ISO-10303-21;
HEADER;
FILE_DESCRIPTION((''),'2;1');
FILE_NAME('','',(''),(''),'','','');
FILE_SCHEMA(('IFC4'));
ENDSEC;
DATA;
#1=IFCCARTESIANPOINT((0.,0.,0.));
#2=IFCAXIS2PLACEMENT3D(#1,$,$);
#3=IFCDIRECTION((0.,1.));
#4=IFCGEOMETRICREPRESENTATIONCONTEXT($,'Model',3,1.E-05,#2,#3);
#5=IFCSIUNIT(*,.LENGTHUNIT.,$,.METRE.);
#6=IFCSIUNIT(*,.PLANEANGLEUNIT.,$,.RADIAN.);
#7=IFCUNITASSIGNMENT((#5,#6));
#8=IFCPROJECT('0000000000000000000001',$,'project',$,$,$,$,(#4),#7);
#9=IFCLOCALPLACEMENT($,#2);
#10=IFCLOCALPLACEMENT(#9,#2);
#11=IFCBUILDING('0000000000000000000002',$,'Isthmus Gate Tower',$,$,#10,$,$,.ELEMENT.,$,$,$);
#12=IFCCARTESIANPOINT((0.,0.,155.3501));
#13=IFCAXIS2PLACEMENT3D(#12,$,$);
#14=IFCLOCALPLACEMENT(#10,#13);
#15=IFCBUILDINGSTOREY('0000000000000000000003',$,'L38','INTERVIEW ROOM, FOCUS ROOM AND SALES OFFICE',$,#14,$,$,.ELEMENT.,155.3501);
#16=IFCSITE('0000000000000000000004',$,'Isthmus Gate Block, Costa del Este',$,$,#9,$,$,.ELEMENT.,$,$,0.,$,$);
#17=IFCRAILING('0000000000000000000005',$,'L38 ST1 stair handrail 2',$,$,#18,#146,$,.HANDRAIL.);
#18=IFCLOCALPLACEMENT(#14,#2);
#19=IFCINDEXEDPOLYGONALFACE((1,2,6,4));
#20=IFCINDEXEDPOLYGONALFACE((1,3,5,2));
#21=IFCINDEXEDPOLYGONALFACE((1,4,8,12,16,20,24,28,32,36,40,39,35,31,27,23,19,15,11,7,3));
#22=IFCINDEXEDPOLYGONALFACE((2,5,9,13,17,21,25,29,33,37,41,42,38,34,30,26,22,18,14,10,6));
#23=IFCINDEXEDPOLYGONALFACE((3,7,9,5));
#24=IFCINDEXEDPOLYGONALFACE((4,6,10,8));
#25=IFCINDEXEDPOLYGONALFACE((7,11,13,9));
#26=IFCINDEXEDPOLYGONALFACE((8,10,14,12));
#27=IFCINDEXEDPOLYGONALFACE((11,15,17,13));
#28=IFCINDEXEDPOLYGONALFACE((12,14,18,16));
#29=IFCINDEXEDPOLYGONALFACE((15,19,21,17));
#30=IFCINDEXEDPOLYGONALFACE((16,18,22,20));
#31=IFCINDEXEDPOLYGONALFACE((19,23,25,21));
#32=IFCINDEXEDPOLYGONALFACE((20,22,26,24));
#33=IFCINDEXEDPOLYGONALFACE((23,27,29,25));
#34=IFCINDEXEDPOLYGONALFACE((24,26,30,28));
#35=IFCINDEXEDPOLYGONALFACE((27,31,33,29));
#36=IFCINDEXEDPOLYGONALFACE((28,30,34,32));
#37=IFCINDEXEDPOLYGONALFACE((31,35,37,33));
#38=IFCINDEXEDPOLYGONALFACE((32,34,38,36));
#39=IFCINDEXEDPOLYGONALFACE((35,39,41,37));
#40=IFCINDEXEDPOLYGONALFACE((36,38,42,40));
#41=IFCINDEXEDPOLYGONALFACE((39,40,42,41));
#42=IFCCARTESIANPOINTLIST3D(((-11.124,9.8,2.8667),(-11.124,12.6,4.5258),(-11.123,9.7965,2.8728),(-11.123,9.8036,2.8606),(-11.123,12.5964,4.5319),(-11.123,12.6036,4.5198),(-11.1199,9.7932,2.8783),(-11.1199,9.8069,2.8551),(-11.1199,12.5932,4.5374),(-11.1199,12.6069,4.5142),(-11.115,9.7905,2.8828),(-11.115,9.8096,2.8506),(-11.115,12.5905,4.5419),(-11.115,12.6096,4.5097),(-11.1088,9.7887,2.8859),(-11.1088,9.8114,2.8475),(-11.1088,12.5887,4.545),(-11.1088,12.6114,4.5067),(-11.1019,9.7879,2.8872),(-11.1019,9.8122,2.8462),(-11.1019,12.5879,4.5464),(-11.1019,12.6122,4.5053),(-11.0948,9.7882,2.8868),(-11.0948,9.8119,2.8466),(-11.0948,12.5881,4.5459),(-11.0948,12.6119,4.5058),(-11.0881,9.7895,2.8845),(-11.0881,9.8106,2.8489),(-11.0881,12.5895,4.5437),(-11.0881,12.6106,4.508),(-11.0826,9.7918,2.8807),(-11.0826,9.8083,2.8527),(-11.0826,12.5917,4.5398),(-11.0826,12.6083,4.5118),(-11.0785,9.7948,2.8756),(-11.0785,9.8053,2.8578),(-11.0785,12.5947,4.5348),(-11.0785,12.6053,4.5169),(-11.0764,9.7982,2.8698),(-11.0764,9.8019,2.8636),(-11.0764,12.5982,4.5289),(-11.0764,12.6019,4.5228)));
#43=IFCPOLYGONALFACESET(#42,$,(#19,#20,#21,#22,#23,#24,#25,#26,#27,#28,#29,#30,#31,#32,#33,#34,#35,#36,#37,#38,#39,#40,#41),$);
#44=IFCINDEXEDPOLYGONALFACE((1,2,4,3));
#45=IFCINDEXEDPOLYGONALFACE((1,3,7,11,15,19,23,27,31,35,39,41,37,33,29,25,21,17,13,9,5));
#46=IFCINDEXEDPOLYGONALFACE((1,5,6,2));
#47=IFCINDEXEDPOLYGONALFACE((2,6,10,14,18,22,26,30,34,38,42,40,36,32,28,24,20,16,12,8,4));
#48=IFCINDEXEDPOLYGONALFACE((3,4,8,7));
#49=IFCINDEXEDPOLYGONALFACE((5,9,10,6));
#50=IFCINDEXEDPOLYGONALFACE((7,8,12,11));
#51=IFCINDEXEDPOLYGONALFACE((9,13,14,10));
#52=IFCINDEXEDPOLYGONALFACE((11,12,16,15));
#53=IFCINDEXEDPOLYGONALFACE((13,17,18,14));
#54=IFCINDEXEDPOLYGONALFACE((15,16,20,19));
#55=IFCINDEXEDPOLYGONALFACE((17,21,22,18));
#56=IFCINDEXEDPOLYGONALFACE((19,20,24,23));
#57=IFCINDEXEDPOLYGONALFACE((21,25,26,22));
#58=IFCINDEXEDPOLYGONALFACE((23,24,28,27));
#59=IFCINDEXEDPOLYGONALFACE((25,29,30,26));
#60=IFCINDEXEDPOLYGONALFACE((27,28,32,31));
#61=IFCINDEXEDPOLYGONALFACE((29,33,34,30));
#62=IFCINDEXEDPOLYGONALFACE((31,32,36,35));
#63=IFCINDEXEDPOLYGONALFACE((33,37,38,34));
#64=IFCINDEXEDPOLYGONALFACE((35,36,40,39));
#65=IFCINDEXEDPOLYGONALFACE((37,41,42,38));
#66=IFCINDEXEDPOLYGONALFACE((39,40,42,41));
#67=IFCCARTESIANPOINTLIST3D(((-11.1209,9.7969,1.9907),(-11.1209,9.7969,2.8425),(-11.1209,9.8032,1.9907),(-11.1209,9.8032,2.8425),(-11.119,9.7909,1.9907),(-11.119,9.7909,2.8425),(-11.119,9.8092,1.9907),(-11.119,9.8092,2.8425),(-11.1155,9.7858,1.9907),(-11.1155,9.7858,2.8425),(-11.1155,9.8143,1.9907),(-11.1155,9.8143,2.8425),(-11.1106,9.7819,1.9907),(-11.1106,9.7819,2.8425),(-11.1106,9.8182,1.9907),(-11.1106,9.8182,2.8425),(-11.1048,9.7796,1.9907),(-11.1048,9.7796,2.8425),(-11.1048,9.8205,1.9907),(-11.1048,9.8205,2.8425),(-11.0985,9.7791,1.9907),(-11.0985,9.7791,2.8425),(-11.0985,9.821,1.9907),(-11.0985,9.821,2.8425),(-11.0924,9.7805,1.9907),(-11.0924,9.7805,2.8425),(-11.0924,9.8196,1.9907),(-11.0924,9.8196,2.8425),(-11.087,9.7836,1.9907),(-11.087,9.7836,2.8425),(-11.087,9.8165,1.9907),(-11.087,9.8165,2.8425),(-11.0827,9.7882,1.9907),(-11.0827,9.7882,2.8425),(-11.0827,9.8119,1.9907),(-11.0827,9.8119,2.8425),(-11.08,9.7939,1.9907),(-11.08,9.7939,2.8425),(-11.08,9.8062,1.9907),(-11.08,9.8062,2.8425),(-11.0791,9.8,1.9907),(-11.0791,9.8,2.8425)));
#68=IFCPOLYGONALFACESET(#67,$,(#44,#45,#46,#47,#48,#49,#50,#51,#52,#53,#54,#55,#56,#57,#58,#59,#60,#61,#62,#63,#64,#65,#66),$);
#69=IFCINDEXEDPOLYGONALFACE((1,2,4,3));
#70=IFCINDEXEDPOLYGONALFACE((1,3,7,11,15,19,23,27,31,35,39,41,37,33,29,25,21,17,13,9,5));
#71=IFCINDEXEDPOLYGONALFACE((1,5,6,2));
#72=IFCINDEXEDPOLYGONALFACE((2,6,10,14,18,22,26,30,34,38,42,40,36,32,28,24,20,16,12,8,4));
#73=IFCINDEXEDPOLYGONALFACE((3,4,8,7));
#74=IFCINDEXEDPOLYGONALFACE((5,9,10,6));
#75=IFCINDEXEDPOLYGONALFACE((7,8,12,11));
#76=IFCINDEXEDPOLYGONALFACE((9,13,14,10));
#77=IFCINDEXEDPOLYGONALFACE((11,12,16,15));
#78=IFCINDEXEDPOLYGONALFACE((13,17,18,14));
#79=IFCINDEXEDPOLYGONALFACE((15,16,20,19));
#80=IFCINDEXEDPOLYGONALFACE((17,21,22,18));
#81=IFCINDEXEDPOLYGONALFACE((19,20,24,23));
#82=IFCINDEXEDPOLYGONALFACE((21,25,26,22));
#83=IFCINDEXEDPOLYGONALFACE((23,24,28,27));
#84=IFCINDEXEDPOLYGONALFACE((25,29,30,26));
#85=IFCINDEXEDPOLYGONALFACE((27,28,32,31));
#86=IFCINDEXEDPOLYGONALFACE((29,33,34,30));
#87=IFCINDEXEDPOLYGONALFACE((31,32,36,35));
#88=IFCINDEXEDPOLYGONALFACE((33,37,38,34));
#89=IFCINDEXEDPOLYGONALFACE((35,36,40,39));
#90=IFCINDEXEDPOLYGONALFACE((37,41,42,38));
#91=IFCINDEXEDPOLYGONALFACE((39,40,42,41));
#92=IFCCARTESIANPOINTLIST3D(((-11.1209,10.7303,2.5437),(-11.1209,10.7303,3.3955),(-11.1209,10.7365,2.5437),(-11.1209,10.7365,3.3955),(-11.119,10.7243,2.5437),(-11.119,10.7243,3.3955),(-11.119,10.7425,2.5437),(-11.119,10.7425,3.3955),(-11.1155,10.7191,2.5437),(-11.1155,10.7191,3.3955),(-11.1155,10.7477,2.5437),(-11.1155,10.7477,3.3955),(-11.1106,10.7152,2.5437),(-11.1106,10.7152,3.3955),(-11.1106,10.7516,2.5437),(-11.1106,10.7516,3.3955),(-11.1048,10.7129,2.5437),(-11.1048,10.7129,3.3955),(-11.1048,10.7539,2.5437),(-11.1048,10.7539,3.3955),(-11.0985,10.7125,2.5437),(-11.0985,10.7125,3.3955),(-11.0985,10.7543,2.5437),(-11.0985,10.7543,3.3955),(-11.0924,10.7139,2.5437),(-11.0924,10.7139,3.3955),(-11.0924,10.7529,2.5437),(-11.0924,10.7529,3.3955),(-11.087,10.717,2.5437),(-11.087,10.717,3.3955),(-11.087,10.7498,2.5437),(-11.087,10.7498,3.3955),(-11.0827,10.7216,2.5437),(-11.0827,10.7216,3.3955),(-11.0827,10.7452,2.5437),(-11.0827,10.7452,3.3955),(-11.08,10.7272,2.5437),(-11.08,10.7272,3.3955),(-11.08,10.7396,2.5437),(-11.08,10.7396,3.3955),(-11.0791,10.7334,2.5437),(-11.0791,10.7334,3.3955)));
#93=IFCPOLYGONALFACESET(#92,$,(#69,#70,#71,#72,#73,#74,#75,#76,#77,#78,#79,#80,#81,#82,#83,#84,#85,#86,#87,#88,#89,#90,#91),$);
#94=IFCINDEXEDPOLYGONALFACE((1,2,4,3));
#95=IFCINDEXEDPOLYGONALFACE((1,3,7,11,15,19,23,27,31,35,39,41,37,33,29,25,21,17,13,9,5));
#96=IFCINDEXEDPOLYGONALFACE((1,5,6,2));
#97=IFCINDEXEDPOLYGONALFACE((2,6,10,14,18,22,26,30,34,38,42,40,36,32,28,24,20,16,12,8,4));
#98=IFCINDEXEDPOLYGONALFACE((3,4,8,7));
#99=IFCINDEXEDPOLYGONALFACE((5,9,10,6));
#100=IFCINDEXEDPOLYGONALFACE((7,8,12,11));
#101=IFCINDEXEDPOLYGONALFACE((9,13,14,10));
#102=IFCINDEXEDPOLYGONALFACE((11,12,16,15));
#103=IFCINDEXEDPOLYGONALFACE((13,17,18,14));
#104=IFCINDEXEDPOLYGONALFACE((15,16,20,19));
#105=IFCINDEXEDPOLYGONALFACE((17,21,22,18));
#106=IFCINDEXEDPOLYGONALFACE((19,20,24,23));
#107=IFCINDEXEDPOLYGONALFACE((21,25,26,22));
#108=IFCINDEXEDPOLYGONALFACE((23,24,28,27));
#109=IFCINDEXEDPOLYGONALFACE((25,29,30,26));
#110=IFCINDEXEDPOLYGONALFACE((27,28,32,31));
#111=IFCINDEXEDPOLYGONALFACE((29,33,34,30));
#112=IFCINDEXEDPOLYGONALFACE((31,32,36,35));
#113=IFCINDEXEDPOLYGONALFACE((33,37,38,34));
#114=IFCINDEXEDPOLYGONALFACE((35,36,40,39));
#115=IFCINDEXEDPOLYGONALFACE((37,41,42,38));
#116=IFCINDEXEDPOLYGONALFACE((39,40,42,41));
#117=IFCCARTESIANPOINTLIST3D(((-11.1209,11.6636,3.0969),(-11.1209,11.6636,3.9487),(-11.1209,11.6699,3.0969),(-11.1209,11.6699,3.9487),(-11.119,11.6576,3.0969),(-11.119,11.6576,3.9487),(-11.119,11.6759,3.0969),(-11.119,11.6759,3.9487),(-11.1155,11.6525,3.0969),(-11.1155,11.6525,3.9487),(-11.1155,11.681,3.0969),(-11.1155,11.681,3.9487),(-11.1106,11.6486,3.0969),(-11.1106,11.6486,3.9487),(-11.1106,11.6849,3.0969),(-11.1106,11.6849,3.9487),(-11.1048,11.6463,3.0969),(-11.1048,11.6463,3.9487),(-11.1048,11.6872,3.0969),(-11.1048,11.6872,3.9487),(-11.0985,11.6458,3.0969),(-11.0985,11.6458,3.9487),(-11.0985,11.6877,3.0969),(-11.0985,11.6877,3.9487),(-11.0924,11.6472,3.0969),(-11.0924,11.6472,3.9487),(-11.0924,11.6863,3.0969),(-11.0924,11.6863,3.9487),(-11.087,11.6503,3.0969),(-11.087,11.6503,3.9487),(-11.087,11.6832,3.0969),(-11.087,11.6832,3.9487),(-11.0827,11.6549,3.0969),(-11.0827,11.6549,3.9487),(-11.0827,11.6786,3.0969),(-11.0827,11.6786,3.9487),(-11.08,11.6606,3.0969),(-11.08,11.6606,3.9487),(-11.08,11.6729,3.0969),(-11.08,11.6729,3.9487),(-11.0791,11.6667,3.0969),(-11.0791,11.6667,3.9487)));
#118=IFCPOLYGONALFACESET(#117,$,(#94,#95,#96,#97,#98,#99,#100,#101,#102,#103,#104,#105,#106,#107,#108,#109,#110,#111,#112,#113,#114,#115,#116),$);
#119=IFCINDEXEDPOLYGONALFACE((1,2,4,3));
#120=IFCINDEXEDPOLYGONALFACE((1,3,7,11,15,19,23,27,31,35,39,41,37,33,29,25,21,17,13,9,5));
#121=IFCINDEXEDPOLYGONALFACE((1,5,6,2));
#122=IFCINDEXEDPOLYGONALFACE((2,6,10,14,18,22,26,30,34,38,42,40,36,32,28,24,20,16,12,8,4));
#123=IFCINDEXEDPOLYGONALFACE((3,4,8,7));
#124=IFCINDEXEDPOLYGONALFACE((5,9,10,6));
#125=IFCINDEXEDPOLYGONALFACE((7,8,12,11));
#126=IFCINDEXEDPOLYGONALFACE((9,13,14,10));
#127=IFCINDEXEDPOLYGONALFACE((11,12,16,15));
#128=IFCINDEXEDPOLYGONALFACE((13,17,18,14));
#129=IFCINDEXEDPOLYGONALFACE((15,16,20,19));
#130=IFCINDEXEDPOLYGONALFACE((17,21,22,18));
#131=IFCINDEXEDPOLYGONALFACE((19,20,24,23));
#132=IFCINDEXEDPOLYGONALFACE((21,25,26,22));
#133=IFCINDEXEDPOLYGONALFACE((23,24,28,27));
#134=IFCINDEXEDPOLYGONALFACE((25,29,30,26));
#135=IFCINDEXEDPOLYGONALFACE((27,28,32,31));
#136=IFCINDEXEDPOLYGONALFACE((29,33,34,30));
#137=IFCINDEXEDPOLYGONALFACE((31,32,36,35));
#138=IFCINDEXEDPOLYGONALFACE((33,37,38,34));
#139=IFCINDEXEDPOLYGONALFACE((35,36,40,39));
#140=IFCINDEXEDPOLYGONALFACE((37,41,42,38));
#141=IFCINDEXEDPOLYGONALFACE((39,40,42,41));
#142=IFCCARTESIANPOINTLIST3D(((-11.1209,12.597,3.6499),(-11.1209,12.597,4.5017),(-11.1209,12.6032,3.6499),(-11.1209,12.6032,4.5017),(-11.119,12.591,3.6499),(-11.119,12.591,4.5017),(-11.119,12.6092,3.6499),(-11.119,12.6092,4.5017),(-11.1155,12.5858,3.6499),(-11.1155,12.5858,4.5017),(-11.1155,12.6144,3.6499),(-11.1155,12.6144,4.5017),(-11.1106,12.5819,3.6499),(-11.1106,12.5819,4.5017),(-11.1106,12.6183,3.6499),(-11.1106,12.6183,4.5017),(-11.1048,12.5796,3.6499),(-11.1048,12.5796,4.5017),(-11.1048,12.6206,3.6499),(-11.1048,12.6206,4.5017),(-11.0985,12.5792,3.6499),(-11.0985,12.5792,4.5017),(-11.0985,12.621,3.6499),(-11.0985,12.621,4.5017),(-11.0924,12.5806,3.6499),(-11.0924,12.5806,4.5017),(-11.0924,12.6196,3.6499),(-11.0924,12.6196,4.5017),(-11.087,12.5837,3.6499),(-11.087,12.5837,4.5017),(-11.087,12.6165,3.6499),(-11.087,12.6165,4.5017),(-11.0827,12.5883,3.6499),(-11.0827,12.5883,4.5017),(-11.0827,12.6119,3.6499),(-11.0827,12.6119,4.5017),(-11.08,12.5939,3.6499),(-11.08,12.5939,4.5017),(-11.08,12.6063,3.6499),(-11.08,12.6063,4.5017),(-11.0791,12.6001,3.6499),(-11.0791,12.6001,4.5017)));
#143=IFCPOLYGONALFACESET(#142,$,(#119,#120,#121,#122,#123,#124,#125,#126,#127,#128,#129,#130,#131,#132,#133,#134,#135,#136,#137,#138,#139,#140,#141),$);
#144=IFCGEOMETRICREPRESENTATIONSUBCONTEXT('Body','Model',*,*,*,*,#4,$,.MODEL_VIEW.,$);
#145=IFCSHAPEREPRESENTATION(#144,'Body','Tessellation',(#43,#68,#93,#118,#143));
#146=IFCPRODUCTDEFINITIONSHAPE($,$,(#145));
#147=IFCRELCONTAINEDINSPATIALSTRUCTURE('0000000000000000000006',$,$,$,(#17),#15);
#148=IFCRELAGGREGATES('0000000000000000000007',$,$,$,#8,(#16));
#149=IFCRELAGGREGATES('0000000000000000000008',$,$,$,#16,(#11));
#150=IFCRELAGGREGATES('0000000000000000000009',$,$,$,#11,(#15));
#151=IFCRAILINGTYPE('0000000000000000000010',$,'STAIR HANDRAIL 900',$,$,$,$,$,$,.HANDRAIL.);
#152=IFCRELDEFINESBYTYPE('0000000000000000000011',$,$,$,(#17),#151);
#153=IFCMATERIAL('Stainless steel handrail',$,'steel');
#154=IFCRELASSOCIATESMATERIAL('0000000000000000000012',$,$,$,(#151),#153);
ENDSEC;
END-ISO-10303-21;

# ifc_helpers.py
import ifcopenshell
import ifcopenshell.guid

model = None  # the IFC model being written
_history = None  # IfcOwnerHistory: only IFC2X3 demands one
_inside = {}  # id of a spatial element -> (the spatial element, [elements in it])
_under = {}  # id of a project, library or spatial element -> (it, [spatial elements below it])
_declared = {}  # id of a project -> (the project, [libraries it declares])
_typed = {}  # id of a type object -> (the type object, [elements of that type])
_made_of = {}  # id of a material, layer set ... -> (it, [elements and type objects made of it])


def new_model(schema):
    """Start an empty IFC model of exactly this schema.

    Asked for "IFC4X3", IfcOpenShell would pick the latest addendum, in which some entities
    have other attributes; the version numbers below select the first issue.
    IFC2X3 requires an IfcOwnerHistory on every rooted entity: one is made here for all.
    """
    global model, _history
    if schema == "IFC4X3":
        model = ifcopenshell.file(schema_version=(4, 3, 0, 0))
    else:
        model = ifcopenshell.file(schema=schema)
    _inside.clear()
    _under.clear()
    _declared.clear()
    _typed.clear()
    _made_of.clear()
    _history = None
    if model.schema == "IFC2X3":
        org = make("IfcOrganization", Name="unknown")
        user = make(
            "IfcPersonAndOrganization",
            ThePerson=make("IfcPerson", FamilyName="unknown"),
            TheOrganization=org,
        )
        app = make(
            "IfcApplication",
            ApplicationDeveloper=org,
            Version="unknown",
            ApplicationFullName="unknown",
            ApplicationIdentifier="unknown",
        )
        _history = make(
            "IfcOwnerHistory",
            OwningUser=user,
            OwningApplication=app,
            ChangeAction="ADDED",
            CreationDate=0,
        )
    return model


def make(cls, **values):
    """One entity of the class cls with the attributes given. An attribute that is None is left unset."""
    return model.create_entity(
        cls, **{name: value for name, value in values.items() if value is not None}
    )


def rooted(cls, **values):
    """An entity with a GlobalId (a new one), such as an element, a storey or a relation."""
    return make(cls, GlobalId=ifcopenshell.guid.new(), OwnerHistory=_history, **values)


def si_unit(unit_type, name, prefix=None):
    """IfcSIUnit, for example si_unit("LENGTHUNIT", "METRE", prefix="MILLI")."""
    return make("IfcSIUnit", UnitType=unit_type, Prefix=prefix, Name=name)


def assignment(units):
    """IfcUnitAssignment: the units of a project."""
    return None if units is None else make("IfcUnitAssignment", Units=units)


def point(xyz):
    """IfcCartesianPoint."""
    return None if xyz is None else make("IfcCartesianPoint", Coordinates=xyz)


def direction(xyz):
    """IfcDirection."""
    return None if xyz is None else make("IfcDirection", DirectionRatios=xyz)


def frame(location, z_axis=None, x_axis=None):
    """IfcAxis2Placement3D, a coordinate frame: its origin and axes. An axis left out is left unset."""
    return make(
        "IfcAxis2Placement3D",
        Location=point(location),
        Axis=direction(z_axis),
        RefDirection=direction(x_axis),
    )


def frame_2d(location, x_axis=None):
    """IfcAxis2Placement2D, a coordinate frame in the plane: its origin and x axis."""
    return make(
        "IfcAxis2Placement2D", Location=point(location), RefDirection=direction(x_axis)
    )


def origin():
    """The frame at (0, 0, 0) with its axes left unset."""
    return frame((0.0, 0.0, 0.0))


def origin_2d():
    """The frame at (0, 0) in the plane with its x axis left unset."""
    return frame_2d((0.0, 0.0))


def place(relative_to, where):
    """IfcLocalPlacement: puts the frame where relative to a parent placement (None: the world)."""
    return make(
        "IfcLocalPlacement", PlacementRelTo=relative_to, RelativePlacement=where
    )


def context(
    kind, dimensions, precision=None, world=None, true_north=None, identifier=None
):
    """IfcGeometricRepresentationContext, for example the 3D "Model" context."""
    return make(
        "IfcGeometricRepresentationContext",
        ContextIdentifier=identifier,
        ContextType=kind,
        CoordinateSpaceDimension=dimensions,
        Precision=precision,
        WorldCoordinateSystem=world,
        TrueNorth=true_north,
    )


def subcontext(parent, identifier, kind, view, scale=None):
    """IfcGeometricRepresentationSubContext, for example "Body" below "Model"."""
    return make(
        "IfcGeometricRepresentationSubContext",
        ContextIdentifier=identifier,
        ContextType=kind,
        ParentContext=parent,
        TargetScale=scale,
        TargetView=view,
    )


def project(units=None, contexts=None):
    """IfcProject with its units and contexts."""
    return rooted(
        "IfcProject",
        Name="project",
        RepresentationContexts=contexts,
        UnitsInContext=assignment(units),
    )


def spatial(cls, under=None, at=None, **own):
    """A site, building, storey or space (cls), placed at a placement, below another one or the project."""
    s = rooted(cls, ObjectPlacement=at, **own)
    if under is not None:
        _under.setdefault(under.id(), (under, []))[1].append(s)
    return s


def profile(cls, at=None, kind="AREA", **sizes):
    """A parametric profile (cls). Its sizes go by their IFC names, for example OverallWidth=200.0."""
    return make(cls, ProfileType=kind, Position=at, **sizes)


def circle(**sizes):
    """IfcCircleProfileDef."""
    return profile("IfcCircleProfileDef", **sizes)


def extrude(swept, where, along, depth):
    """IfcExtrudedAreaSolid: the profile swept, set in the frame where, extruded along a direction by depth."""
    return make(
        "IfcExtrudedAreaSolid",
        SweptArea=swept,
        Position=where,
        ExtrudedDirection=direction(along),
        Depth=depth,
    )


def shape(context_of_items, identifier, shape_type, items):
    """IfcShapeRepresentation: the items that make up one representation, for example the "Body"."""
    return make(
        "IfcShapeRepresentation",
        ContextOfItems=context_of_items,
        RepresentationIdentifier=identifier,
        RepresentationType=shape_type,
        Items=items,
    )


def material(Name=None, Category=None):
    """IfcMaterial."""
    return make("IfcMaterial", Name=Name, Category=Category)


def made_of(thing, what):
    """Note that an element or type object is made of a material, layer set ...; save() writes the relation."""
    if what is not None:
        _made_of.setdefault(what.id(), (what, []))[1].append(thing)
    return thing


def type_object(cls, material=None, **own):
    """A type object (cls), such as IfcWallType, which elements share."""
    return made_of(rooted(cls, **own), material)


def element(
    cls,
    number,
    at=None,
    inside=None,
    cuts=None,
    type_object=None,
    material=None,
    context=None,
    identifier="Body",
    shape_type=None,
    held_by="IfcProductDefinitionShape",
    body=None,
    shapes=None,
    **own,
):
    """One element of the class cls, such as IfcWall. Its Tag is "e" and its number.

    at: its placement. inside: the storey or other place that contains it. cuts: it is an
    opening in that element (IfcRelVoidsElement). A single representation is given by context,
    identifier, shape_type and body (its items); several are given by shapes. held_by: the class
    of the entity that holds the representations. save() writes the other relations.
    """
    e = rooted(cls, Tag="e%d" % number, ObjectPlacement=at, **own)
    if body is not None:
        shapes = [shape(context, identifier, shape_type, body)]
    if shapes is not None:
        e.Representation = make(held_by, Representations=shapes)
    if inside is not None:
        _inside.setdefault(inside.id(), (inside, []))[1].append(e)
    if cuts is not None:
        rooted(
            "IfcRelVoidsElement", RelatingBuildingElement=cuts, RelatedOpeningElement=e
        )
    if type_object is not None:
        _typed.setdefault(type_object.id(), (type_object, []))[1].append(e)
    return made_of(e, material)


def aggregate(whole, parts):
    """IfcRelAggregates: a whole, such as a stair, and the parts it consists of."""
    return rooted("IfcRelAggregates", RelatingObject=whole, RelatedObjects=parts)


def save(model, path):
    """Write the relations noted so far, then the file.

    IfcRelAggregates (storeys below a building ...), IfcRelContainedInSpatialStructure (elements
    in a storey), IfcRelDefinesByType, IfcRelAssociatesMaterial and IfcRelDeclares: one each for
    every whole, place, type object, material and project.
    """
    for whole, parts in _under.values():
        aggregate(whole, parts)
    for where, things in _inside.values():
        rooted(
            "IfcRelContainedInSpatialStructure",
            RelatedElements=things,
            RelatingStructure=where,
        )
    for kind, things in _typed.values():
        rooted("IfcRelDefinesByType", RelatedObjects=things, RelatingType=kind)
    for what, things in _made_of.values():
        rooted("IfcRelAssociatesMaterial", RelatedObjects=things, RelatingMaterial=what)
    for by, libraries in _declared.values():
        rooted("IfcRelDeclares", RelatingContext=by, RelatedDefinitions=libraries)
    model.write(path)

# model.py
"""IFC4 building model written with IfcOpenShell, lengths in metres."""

from ifc_helpers import new_model, si_unit, direction, frame, origin, origin_2d, place, context, subcontext, project, spatial, circle, extrude, material, type_object, element, save


model = new_model("IFC4")

# Units and contexts
model_context = context("Model", 3, precision=1e-05, world=origin(), true_north=direction((0.0, 1.0)))
body_context = subcontext(model_context, "Body", "Model", "MODEL_VIEW")
ifc_project = project(units=[si_unit("LENGTHUNIT", "METRE"), si_unit("PLANEANGLEUNIT", "RADIAN")], contexts=[model_context])

# Site, building, storey
site_placement = place(None, origin())
site = spatial("IfcSite", under=ifc_project, at=site_placement, Name="Isthmus Gate Block, Costa del Este", CompositionType="ELEMENT", RefElevation=0.0)
building_placement = place(site_placement, origin())
building = spatial("IfcBuilding", under=site, at=building_placement, Name="Isthmus Gate Tower", CompositionType="ELEMENT")
storey_placement = place(building_placement, frame((0.0, 0.0, 155.3501)))
storey = spatial("IfcBuildingStorey", under=building, at=storey_placement, Name="L38", Description="INTERVIEW ROOM, FOCUS ROOM AND SALES OFFICE", CompositionType="ELEMENT", Elevation=155.3501)

# Railing
ifc_material_1 = material(Name="Stainless steel handrail", Category="steel")
railing_type = type_object("IfcRailingType", Name="STAIR HANDRAIL 900", PredefinedType="HANDRAIL", material=ifc_material_1)
railing_placement = place(storey_placement, frame((-11.1001, 9.8, 1.9907)))
element("IfcRailing", 1, at=railing_placement, inside=storey, type_object=railing_type, Name="L38 ST1 stair handrail 2", PredefinedType="HANDRAIL", context=body_context, shape_type="SweptSolid", body=[
    extrude(circle(Radius=0.0239, at=origin_2d()), frame((0.0, 0.0, 0.876), z_axis=(0.0, 0.860306, 0.509778), x_axis=(-1.0, 0.0, 0.0)), (0.0, 0.0, 1.0), 3.2546),
    extrude(circle(Radius=0.021, at=origin_2d()), origin(), (0.0, 0.0, 1.0), 0.8518),
    extrude(circle(Radius=0.021, at=origin_2d()), frame((0.0, 0.9333, 0.553)), (0.0, 0.0, 1.0), 0.8518),
    extrude(circle(Radius=0.021, at=origin_2d()), frame((0.0, 1.8667, 1.1062)), (0.0, 0.0, 1.0), 0.8518),
    extrude(circle(Radius=0.021, at=origin_2d()), frame((0.0, 2.8, 1.6592)), (0.0, 0.0, 1.0), 0.8518),
])

save(model, "model.ifc")
